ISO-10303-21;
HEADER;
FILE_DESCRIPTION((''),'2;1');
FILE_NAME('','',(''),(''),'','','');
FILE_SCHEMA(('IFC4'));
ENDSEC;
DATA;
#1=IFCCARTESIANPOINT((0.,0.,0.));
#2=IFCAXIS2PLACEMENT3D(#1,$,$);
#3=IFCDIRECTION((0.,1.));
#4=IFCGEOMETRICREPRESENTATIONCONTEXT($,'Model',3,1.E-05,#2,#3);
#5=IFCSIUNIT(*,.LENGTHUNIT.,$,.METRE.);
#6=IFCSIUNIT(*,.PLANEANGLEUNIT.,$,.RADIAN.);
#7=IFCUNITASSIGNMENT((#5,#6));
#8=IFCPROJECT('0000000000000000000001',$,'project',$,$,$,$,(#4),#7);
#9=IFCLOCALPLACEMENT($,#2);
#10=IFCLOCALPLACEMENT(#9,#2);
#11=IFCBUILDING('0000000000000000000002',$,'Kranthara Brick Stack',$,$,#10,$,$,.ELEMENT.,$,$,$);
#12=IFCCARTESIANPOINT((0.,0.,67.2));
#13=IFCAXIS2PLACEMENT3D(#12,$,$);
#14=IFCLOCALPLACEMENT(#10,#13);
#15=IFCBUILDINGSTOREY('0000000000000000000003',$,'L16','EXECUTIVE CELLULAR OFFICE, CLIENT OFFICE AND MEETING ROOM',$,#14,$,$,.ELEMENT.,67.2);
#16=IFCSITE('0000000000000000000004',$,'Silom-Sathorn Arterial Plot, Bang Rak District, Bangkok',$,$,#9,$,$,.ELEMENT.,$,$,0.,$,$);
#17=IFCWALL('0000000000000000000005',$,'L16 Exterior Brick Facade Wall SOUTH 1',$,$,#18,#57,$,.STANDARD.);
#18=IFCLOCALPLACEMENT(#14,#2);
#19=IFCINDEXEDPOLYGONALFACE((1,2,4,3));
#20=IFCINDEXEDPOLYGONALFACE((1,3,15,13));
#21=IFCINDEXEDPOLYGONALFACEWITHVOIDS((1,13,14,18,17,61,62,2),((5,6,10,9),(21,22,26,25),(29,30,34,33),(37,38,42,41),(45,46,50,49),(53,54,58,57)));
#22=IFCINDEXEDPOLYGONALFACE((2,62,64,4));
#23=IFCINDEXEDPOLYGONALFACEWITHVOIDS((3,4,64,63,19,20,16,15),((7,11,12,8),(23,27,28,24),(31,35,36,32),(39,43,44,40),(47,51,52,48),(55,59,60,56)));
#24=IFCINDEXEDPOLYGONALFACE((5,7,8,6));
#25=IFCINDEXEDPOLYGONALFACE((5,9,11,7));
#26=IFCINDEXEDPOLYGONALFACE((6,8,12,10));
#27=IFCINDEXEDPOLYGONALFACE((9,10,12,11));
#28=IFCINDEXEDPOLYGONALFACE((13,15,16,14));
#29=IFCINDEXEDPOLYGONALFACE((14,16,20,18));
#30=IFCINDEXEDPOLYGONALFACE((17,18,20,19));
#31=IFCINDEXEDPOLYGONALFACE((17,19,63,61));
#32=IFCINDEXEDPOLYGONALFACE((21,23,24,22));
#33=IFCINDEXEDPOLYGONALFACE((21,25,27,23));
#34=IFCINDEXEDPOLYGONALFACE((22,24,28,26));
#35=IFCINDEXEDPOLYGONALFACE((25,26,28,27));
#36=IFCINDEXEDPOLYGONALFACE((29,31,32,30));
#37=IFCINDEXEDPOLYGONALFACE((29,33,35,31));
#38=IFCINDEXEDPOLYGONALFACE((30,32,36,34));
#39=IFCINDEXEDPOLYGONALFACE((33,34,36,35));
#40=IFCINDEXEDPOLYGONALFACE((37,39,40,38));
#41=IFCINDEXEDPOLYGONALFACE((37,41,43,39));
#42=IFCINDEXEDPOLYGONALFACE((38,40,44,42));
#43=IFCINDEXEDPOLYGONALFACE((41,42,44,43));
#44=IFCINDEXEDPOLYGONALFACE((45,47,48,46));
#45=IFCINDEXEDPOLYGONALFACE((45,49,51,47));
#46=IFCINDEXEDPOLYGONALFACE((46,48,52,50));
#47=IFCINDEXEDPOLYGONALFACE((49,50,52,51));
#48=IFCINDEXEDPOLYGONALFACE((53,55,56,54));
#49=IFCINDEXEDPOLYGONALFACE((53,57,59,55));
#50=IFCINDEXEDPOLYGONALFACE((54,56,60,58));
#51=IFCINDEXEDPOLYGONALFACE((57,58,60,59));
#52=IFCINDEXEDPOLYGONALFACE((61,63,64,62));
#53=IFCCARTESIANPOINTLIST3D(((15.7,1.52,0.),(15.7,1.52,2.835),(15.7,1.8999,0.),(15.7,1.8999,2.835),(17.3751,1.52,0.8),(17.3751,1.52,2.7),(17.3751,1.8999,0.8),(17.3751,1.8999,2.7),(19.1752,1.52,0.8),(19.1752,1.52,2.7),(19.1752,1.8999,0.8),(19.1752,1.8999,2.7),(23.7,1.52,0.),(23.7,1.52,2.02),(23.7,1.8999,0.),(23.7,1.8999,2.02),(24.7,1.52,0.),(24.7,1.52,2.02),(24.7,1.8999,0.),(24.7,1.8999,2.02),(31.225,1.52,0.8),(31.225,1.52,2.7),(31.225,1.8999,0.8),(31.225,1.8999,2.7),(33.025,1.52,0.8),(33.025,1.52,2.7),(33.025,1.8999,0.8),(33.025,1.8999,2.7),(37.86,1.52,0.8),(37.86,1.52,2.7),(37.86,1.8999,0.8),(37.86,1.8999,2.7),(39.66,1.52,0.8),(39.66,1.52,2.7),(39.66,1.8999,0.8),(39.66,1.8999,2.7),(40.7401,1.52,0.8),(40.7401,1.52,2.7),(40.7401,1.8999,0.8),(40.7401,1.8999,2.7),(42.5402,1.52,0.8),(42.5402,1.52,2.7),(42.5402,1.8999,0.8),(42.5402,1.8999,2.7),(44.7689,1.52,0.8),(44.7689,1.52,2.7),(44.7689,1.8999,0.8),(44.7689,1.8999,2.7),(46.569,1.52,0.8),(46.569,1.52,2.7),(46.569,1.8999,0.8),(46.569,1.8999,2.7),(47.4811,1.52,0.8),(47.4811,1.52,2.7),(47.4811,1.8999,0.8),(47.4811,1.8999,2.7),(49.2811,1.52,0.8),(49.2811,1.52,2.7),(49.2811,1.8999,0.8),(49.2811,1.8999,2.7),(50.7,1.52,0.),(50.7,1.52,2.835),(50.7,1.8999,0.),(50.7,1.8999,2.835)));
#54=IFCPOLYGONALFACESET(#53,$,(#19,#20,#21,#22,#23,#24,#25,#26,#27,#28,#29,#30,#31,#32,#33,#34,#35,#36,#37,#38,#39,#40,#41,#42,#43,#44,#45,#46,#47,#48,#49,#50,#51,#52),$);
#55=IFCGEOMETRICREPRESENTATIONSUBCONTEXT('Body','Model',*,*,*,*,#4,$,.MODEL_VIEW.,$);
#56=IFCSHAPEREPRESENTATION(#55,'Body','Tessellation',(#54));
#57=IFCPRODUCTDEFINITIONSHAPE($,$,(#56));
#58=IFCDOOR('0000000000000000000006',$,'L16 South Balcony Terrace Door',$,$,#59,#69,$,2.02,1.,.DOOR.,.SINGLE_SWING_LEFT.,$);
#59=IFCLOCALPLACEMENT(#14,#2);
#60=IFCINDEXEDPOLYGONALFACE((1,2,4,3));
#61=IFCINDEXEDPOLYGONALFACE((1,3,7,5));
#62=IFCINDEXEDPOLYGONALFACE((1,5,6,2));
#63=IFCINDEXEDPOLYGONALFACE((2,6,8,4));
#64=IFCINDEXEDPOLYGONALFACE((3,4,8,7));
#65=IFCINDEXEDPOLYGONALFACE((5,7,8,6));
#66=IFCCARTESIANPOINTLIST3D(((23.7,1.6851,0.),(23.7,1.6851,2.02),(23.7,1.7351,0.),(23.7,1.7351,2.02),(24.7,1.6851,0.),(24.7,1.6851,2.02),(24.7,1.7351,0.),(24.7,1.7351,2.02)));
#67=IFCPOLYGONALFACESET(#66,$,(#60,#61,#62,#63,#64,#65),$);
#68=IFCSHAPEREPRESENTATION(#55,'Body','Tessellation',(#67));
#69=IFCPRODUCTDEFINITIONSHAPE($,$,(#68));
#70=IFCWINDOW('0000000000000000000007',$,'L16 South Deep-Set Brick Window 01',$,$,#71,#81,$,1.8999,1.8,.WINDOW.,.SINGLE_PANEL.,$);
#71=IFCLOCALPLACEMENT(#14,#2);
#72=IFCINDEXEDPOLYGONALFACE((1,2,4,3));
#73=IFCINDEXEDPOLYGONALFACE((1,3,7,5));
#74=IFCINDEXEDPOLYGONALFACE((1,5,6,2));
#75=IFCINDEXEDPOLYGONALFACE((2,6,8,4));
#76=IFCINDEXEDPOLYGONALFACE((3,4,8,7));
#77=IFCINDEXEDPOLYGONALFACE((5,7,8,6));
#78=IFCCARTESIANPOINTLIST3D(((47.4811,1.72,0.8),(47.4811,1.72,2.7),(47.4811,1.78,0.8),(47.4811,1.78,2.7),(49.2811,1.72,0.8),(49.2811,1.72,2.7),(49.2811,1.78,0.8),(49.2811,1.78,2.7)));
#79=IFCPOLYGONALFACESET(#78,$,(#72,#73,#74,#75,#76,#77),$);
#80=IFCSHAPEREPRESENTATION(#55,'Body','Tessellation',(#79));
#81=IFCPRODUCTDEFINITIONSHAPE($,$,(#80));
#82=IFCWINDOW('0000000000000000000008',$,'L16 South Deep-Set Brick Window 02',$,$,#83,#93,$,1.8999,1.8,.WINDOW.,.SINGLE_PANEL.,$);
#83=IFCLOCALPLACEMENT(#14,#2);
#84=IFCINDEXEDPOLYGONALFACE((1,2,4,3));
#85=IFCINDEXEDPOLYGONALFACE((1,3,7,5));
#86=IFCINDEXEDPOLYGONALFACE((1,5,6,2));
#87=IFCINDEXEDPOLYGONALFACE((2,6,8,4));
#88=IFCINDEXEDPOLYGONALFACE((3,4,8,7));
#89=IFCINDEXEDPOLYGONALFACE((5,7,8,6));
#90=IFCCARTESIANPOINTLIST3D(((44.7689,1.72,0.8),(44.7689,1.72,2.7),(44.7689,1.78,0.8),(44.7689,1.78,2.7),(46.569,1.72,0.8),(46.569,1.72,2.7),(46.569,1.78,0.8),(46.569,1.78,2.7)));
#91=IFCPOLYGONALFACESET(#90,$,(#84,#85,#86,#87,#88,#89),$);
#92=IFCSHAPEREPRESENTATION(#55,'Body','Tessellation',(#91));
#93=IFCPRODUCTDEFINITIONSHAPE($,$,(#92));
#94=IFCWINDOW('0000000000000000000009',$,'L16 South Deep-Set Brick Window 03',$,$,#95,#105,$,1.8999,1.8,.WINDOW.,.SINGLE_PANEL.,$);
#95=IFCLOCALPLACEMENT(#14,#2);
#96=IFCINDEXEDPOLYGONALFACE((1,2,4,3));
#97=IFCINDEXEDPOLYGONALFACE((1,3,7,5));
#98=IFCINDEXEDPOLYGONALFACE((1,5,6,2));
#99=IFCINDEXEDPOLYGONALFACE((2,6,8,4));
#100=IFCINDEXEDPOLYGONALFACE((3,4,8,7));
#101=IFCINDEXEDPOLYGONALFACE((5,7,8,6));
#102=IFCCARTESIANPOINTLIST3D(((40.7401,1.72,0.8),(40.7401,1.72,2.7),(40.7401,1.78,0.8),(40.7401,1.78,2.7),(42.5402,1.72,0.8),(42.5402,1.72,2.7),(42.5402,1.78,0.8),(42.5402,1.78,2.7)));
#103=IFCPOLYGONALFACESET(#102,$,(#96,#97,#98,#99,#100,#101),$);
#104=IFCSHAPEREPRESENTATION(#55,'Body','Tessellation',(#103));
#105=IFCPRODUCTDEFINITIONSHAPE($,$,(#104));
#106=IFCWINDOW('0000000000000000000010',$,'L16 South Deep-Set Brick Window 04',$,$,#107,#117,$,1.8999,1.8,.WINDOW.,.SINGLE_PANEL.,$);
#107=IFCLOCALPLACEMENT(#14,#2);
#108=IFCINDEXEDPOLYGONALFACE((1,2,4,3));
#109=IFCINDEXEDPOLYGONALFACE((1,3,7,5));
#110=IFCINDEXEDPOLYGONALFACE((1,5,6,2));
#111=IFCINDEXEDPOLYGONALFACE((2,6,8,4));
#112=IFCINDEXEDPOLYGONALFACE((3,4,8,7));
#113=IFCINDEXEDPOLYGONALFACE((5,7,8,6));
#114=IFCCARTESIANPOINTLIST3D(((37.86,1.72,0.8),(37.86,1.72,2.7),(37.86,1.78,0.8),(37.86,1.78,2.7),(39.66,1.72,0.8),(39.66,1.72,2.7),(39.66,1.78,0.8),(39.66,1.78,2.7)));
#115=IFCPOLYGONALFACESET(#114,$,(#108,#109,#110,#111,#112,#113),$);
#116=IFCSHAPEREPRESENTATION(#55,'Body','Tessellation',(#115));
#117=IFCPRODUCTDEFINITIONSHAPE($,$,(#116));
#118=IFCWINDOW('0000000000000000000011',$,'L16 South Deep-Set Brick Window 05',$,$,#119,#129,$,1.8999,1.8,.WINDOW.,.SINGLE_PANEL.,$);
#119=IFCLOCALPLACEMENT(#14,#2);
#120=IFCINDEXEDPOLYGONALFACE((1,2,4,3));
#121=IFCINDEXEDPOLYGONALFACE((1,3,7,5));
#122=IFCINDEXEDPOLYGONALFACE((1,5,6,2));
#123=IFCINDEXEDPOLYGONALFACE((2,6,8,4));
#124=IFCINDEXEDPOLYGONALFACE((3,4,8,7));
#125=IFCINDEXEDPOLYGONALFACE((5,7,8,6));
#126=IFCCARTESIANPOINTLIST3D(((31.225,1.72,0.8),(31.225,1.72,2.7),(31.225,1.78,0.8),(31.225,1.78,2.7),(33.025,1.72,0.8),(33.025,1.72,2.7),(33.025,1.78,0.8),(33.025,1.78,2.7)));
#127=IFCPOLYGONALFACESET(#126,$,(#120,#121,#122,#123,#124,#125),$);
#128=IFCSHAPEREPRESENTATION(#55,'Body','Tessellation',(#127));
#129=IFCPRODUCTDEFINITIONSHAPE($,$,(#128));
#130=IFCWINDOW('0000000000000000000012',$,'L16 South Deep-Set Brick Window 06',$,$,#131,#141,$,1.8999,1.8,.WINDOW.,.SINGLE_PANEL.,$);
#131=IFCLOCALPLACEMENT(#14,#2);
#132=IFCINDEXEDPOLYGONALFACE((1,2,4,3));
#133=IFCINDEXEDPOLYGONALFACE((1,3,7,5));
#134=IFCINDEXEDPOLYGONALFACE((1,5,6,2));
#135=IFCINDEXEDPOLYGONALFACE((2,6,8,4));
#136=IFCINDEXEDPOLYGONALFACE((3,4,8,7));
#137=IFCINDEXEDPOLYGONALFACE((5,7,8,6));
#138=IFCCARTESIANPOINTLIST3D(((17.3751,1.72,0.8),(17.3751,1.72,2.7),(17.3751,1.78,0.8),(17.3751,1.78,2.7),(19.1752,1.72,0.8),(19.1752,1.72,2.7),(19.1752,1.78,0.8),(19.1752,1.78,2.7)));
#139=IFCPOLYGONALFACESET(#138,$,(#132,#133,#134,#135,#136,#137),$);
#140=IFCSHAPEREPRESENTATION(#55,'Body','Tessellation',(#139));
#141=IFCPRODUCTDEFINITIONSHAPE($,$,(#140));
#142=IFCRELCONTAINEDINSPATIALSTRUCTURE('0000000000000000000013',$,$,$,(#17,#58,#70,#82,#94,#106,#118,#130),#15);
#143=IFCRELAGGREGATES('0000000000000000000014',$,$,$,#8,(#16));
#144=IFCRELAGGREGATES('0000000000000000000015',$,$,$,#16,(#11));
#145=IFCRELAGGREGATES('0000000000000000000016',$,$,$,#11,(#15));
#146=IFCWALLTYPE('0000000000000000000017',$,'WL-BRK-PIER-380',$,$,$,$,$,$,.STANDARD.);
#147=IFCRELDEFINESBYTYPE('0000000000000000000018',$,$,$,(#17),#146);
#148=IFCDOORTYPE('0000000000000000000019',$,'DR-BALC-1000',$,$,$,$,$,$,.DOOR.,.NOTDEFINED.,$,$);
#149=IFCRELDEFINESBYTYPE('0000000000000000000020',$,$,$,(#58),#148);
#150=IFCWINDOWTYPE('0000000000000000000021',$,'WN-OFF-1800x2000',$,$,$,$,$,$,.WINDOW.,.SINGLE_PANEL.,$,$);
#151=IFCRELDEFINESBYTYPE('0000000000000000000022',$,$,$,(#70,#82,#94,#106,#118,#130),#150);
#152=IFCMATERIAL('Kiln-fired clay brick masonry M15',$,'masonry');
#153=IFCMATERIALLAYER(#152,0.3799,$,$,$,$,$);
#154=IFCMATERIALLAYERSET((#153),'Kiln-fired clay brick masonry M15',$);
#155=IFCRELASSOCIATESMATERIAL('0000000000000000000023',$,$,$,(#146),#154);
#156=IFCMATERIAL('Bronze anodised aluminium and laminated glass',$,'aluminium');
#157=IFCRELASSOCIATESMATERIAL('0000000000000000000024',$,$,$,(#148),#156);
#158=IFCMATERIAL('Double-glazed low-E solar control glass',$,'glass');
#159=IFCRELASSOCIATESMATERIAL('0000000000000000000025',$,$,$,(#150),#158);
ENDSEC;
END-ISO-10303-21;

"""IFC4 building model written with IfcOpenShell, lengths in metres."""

from ifc_helpers import new_model, si_unit, direction, frame, frame_2d, origin, place, context, subcontext, project, spatial, rectangle, extrude, material, layer, layer_set, type_object, element, fill, save


model = new_model("IFC4")

# Units and contexts
model_context = context("Model", 3, precision=1e-05, world=origin(), true_north=direction((0.0, 1.0)))
body_context = subcontext(model_context, "Body", "Model", "MODEL_VIEW")
ifc_project = project(units=[si_unit("LENGTHUNIT", "METRE"), si_unit("PLANEANGLEUNIT", "RADIAN")], contexts=[model_context])

# Site, building, storey
site_placement = place(None, origin())
site = spatial("IfcSite", under=ifc_project, at=site_placement, Name="Silom-Sathorn Arterial Plot, Bang Rak District, Bangkok", CompositionType="ELEMENT", RefElevation=0.0)
building_placement = place(site_placement, origin())
building = spatial("IfcBuilding", under=site, at=building_placement, Name="Kranthara Brick Stack", CompositionType="ELEMENT")
storey_placement = place(building_placement, frame((0.0, 0.0, 67.2)))
storey = spatial("IfcBuildingStorey", under=building, at=storey_placement, Name="L16", Description="EXECUTIVE CELLULAR OFFICE, CLIENT OFFICE AND MEETING ROOM", CompositionType="ELEMENT", Elevation=67.2)

# Wall, openings, door, windows
ifc_material_1 = material(Name="Kiln-fired clay brick masonry M15", Category="masonry")
ifc_layer_1 = layer(ifc_material_1, 0.3799)
ifc_layer_set_1 = layer_set([ifc_layer_1], Name="Kiln-fired clay brick masonry M15")
wall_type_1 = type_object("IfcWallType", Name="WL-BRK-PIER-380", PredefinedType="STANDARD", material=ifc_layer_set_1)
wall_1_placement = place(storey_placement, frame((50.7, 1.71, 0.0), z_axis=(0.0, 0.0, 1.0), x_axis=(-1.0, 0.0, 0.0)))
wall_1 = element("IfcWall", 1, at=wall_1_placement, inside=storey, type_object=wall_type_1, Name="L16 Exterior Brick Facade Wall SOUTH 1", PredefinedType="STANDARD", context=body_context, shape_type="SweptSolid", body=[
    extrude(rectangle(XDim=35.0, YDim=0.3799, at=frame_2d((17.5, 0.0))), origin(), (0.0, 0.0, 1.0), 2.835),
])
opening_1_placement = place(wall_1_placement, frame((26.0, 0.0, 0.0)))
opening_1 = element("IfcOpeningElement", 2, at=opening_1_placement, cuts=wall_1, PredefinedType="OPENING", context=body_context, shape_type="SweptSolid", body=[
    extrude(rectangle(XDim=1.0, YDim=2.02, at=frame_2d((0.5, 1.01))), frame((0.0, 0.2, 0.0), z_axis=(0.0, -1.0, 0.0), x_axis=(1.0, 0.0, 0.0)), (0.0, 0.0, 1.0), 0.3999),
])
opening_2_placement = place(wall_1_placement, frame((1.4189, 0.0, 0.8)))
opening_2 = element("IfcOpeningElement", 3, at=opening_2_placement, cuts=wall_1, PredefinedType="OPENING", context=body_context, shape_type="SweptSolid", body=[
    extrude(rectangle(XDim=1.8, YDim=1.8999, at=frame_2d((0.8999, 0.95))), frame((0.0, 0.2, 0.0), z_axis=(0.0, -1.0, 0.0), x_axis=(1.0, 0.0, 0.0)), (0.0, 0.0, 1.0), 0.3999),
])
opening_3_placement = place(wall_1_placement, frame((4.1311, 0.0, 0.8)))
opening_3 = element("IfcOpeningElement", 4, at=opening_3_placement, cuts=wall_1, PredefinedType="OPENING", context=body_context, shape_type="SweptSolid", body=[
    extrude(rectangle(XDim=1.8, YDim=1.8999, at=frame_2d((0.8999, 0.95))), frame((0.0, 0.2, 0.0), z_axis=(0.0, -1.0, 0.0), x_axis=(1.0, 0.0, 0.0)), (0.0, 0.0, 1.0), 0.3999),
])
opening_4_placement = place(wall_1_placement, frame((8.1599, 0.0, 0.8)))
opening_4 = element("IfcOpeningElement", 5, at=opening_4_placement, cuts=wall_1, PredefinedType="OPENING", context=body_context, shape_type="SweptSolid", body=[
    extrude(rectangle(XDim=1.8, YDim=1.8999, at=frame_2d((0.8999, 0.95))), frame((0.0, 0.2, 0.0), z_axis=(0.0, -1.0, 0.0), x_axis=(1.0, 0.0, 0.0)), (0.0, 0.0, 1.0), 0.3999),
])
opening_5_placement = place(wall_1_placement, frame((11.04, 0.0, 0.8)))
opening_5 = element("IfcOpeningElement", 6, at=opening_5_placement, cuts=wall_1, PredefinedType="OPENING", context=body_context, shape_type="SweptSolid", body=[
    extrude(rectangle(XDim=1.8, YDim=1.8999, at=frame_2d((0.8999, 0.95))), frame((0.0, 0.2, 0.0), z_axis=(0.0, -1.0, 0.0), x_axis=(1.0, 0.0, 0.0)), (0.0, 0.0, 1.0), 0.3999),
])
opening_6_placement = place(wall_1_placement, frame((17.675, 0.0, 0.8)))
opening_6 = element("IfcOpeningElement", 7, at=opening_6_placement, cuts=wall_1, PredefinedType="OPENING", context=body_context, shape_type="SweptSolid", body=[
    extrude(rectangle(XDim=1.8, YDim=1.8999, at=frame_2d((0.8999, 0.95))), frame((0.0, 0.2, 0.0), z_axis=(0.0, -1.0, 0.0), x_axis=(1.0, 0.0, 0.0)), (0.0, 0.0, 1.0), 0.3999),
])
opening_7_placement = place(wall_1_placement, frame((31.5249, 0.0, 0.8)))
opening_7 = element("IfcOpeningElement", 8, at=opening_7_placement, cuts=wall_1, PredefinedType="OPENING", context=body_context, shape_type="SweptSolid", body=[
    extrude(rectangle(XDim=1.8, YDim=1.8999, at=frame_2d((0.8999, 0.95))), frame((0.0, 0.2, 0.0), z_axis=(0.0, -1.0, 0.0), x_axis=(1.0, 0.0, 0.0)), (0.0, 0.0, 1.0), 0.3999),
])
ifc_material_2 = material(Name="Bronze anodised aluminium and laminated glass", Category="aluminium")
door_type_1 = type_object("IfcDoorType", Name="DR-BALC-1000", OperationType="NOTDEFINED", PredefinedType="DOOR", material=ifc_material_2)
door_1_placement = place(opening_1_placement, origin())
door_1 = element("IfcDoor", 9, at=door_1_placement, inside=storey, type_object=door_type_1, Name="L16 South Balcony Terrace Door", OperationType="SINGLE_SWING_LEFT", OverallHeight=2.02, OverallWidth=1.0, PredefinedType="DOOR", context=body_context, shape_type="SweptSolid", body=[
    extrude(rectangle(XDim=1.0, YDim=2.02, at=frame_2d((0.5, 1.01))), frame((0.0, 0.0249, 0.0), z_axis=(0.0, -1.0, 0.0), x_axis=(1.0, 0.0, 0.0)), (0.0, 0.0, 1.0), 0.05),
])
fill(opening_1, door_1)
ifc_material_3 = material(Name="Double-glazed low-E solar control glass", Category="glass")
window_type_1 = type_object("IfcWindowType", Name="WN-OFF-1800x2000", PartitioningType="SINGLE_PANEL", PredefinedType="WINDOW", material=ifc_material_3)
window_1_placement = place(opening_2_placement, origin())
window_1 = element("IfcWindow", 10, at=window_1_placement, inside=storey, type_object=window_type_1, Name="L16 South Deep-Set Brick Window 01", OverallHeight=1.8999, OverallWidth=1.8, PartitioningType="SINGLE_PANEL", PredefinedType="WINDOW", context=body_context, shape_type="SweptSolid", body=[
    extrude(rectangle(XDim=1.8, YDim=1.8999, at=frame_2d((0.8999, 0.95))), frame((0.0, -0.01, 0.0), z_axis=(0.0, -1.0, 0.0), x_axis=(1.0, 0.0, 0.0)), (0.0, 0.0, 1.0), 0.0601),
])
fill(opening_2, window_1)
window_2_placement = place(opening_3_placement, origin())
window_2 = element("IfcWindow", 11, at=window_2_placement, inside=storey, type_object=window_type_1, Name="L16 South Deep-Set Brick Window 02", OverallHeight=1.8999, OverallWidth=1.8, PartitioningType="SINGLE_PANEL", PredefinedType="WINDOW", context=body_context, shape_type="SweptSolid", body=[
    extrude(rectangle(XDim=1.8, YDim=1.8999, at=frame_2d((0.8999, 0.95))), frame((0.0, -0.01, 0.0), z_axis=(0.0, -1.0, 0.0), x_axis=(1.0, 0.0, 0.0)), (0.0, 0.0, 1.0), 0.0601),
])
fill(opening_3, window_2)
window_3_placement = place(opening_4_placement, origin())
window_3 = element("IfcWindow", 12, at=window_3_placement, inside=storey, type_object=window_type_1, Name="L16 South Deep-Set Brick Window 03", OverallHeight=1.8999, OverallWidth=1.8, PartitioningType="SINGLE_PANEL", PredefinedType="WINDOW", context=body_context, shape_type="SweptSolid", body=[
    extrude(rectangle(XDim=1.8, YDim=1.8999, at=frame_2d((0.8999, 0.95))), frame((0.0, -0.01, 0.0), z_axis=(0.0, -1.0, 0.0), x_axis=(1.0, 0.0, 0.0)), (0.0, 0.0, 1.0), 0.0601),
])
fill(opening_4, window_3)
window_4_placement = place(opening_5_placement, origin())
window_4 = element("IfcWindow", 13, at=window_4_placement, inside=storey, type_object=window_type_1, Name="L16 South Deep-Set Brick Window 04", OverallHeight=1.8999, OverallWidth=1.8, PartitioningType="SINGLE_PANEL", PredefinedType="WINDOW", context=body_context, shape_type="SweptSolid", body=[
    extrude(rectangle(XDim=1.8, YDim=1.8999, at=frame_2d((0.8999, 0.95))), frame((0.0, -0.01, 0.0), z_axis=(0.0, -1.0, 0.0), x_axis=(1.0, 0.0, 0.0)), (0.0, 0.0, 1.0), 0.0601),
])
fill(opening_5, window_4)
window_5_placement = place(opening_6_placement, origin())
window_5 = element("IfcWindow", 14, at=window_5_placement, inside=storey, type_object=window_type_1, Name="L16 South Deep-Set Brick Window 05", OverallHeight=1.8999, OverallWidth=1.8, PartitioningType="SINGLE_PANEL", PredefinedType="WINDOW", context=body_context, shape_type="SweptSolid", body=[
    extrude(rectangle(XDim=1.8, YDim=1.8999, at=frame_2d((0.8999, 0.95))), frame((0.0, -0.01, 0.0), z_axis=(0.0, -1.0, 0.0), x_axis=(1.0, 0.0, 0.0)), (0.0, 0.0, 1.0), 0.0601),
])
fill(opening_6, window_5)
window_6_placement = place(opening_7_placement, origin())
window_6 = element("IfcWindow", 15, at=window_6_placement, inside=storey, type_object=window_type_1, Name="L16 South Deep-Set Brick Window 06", OverallHeight=1.8999, OverallWidth=1.8, PartitioningType="SINGLE_PANEL", PredefinedType="WINDOW", context=body_context, shape_type="SweptSolid", body=[
    extrude(rectangle(XDim=1.8, YDim=1.8999, at=frame_2d((0.8999, 0.95))), frame((0.0, -0.01, 0.0), z_axis=(0.0, -1.0, 0.0), x_axis=(1.0, 0.0, 0.0)), (0.0, 0.0, 1.0), 0.0601),
])
fill(opening_7, window_6)

save(model, "model.ifc")
